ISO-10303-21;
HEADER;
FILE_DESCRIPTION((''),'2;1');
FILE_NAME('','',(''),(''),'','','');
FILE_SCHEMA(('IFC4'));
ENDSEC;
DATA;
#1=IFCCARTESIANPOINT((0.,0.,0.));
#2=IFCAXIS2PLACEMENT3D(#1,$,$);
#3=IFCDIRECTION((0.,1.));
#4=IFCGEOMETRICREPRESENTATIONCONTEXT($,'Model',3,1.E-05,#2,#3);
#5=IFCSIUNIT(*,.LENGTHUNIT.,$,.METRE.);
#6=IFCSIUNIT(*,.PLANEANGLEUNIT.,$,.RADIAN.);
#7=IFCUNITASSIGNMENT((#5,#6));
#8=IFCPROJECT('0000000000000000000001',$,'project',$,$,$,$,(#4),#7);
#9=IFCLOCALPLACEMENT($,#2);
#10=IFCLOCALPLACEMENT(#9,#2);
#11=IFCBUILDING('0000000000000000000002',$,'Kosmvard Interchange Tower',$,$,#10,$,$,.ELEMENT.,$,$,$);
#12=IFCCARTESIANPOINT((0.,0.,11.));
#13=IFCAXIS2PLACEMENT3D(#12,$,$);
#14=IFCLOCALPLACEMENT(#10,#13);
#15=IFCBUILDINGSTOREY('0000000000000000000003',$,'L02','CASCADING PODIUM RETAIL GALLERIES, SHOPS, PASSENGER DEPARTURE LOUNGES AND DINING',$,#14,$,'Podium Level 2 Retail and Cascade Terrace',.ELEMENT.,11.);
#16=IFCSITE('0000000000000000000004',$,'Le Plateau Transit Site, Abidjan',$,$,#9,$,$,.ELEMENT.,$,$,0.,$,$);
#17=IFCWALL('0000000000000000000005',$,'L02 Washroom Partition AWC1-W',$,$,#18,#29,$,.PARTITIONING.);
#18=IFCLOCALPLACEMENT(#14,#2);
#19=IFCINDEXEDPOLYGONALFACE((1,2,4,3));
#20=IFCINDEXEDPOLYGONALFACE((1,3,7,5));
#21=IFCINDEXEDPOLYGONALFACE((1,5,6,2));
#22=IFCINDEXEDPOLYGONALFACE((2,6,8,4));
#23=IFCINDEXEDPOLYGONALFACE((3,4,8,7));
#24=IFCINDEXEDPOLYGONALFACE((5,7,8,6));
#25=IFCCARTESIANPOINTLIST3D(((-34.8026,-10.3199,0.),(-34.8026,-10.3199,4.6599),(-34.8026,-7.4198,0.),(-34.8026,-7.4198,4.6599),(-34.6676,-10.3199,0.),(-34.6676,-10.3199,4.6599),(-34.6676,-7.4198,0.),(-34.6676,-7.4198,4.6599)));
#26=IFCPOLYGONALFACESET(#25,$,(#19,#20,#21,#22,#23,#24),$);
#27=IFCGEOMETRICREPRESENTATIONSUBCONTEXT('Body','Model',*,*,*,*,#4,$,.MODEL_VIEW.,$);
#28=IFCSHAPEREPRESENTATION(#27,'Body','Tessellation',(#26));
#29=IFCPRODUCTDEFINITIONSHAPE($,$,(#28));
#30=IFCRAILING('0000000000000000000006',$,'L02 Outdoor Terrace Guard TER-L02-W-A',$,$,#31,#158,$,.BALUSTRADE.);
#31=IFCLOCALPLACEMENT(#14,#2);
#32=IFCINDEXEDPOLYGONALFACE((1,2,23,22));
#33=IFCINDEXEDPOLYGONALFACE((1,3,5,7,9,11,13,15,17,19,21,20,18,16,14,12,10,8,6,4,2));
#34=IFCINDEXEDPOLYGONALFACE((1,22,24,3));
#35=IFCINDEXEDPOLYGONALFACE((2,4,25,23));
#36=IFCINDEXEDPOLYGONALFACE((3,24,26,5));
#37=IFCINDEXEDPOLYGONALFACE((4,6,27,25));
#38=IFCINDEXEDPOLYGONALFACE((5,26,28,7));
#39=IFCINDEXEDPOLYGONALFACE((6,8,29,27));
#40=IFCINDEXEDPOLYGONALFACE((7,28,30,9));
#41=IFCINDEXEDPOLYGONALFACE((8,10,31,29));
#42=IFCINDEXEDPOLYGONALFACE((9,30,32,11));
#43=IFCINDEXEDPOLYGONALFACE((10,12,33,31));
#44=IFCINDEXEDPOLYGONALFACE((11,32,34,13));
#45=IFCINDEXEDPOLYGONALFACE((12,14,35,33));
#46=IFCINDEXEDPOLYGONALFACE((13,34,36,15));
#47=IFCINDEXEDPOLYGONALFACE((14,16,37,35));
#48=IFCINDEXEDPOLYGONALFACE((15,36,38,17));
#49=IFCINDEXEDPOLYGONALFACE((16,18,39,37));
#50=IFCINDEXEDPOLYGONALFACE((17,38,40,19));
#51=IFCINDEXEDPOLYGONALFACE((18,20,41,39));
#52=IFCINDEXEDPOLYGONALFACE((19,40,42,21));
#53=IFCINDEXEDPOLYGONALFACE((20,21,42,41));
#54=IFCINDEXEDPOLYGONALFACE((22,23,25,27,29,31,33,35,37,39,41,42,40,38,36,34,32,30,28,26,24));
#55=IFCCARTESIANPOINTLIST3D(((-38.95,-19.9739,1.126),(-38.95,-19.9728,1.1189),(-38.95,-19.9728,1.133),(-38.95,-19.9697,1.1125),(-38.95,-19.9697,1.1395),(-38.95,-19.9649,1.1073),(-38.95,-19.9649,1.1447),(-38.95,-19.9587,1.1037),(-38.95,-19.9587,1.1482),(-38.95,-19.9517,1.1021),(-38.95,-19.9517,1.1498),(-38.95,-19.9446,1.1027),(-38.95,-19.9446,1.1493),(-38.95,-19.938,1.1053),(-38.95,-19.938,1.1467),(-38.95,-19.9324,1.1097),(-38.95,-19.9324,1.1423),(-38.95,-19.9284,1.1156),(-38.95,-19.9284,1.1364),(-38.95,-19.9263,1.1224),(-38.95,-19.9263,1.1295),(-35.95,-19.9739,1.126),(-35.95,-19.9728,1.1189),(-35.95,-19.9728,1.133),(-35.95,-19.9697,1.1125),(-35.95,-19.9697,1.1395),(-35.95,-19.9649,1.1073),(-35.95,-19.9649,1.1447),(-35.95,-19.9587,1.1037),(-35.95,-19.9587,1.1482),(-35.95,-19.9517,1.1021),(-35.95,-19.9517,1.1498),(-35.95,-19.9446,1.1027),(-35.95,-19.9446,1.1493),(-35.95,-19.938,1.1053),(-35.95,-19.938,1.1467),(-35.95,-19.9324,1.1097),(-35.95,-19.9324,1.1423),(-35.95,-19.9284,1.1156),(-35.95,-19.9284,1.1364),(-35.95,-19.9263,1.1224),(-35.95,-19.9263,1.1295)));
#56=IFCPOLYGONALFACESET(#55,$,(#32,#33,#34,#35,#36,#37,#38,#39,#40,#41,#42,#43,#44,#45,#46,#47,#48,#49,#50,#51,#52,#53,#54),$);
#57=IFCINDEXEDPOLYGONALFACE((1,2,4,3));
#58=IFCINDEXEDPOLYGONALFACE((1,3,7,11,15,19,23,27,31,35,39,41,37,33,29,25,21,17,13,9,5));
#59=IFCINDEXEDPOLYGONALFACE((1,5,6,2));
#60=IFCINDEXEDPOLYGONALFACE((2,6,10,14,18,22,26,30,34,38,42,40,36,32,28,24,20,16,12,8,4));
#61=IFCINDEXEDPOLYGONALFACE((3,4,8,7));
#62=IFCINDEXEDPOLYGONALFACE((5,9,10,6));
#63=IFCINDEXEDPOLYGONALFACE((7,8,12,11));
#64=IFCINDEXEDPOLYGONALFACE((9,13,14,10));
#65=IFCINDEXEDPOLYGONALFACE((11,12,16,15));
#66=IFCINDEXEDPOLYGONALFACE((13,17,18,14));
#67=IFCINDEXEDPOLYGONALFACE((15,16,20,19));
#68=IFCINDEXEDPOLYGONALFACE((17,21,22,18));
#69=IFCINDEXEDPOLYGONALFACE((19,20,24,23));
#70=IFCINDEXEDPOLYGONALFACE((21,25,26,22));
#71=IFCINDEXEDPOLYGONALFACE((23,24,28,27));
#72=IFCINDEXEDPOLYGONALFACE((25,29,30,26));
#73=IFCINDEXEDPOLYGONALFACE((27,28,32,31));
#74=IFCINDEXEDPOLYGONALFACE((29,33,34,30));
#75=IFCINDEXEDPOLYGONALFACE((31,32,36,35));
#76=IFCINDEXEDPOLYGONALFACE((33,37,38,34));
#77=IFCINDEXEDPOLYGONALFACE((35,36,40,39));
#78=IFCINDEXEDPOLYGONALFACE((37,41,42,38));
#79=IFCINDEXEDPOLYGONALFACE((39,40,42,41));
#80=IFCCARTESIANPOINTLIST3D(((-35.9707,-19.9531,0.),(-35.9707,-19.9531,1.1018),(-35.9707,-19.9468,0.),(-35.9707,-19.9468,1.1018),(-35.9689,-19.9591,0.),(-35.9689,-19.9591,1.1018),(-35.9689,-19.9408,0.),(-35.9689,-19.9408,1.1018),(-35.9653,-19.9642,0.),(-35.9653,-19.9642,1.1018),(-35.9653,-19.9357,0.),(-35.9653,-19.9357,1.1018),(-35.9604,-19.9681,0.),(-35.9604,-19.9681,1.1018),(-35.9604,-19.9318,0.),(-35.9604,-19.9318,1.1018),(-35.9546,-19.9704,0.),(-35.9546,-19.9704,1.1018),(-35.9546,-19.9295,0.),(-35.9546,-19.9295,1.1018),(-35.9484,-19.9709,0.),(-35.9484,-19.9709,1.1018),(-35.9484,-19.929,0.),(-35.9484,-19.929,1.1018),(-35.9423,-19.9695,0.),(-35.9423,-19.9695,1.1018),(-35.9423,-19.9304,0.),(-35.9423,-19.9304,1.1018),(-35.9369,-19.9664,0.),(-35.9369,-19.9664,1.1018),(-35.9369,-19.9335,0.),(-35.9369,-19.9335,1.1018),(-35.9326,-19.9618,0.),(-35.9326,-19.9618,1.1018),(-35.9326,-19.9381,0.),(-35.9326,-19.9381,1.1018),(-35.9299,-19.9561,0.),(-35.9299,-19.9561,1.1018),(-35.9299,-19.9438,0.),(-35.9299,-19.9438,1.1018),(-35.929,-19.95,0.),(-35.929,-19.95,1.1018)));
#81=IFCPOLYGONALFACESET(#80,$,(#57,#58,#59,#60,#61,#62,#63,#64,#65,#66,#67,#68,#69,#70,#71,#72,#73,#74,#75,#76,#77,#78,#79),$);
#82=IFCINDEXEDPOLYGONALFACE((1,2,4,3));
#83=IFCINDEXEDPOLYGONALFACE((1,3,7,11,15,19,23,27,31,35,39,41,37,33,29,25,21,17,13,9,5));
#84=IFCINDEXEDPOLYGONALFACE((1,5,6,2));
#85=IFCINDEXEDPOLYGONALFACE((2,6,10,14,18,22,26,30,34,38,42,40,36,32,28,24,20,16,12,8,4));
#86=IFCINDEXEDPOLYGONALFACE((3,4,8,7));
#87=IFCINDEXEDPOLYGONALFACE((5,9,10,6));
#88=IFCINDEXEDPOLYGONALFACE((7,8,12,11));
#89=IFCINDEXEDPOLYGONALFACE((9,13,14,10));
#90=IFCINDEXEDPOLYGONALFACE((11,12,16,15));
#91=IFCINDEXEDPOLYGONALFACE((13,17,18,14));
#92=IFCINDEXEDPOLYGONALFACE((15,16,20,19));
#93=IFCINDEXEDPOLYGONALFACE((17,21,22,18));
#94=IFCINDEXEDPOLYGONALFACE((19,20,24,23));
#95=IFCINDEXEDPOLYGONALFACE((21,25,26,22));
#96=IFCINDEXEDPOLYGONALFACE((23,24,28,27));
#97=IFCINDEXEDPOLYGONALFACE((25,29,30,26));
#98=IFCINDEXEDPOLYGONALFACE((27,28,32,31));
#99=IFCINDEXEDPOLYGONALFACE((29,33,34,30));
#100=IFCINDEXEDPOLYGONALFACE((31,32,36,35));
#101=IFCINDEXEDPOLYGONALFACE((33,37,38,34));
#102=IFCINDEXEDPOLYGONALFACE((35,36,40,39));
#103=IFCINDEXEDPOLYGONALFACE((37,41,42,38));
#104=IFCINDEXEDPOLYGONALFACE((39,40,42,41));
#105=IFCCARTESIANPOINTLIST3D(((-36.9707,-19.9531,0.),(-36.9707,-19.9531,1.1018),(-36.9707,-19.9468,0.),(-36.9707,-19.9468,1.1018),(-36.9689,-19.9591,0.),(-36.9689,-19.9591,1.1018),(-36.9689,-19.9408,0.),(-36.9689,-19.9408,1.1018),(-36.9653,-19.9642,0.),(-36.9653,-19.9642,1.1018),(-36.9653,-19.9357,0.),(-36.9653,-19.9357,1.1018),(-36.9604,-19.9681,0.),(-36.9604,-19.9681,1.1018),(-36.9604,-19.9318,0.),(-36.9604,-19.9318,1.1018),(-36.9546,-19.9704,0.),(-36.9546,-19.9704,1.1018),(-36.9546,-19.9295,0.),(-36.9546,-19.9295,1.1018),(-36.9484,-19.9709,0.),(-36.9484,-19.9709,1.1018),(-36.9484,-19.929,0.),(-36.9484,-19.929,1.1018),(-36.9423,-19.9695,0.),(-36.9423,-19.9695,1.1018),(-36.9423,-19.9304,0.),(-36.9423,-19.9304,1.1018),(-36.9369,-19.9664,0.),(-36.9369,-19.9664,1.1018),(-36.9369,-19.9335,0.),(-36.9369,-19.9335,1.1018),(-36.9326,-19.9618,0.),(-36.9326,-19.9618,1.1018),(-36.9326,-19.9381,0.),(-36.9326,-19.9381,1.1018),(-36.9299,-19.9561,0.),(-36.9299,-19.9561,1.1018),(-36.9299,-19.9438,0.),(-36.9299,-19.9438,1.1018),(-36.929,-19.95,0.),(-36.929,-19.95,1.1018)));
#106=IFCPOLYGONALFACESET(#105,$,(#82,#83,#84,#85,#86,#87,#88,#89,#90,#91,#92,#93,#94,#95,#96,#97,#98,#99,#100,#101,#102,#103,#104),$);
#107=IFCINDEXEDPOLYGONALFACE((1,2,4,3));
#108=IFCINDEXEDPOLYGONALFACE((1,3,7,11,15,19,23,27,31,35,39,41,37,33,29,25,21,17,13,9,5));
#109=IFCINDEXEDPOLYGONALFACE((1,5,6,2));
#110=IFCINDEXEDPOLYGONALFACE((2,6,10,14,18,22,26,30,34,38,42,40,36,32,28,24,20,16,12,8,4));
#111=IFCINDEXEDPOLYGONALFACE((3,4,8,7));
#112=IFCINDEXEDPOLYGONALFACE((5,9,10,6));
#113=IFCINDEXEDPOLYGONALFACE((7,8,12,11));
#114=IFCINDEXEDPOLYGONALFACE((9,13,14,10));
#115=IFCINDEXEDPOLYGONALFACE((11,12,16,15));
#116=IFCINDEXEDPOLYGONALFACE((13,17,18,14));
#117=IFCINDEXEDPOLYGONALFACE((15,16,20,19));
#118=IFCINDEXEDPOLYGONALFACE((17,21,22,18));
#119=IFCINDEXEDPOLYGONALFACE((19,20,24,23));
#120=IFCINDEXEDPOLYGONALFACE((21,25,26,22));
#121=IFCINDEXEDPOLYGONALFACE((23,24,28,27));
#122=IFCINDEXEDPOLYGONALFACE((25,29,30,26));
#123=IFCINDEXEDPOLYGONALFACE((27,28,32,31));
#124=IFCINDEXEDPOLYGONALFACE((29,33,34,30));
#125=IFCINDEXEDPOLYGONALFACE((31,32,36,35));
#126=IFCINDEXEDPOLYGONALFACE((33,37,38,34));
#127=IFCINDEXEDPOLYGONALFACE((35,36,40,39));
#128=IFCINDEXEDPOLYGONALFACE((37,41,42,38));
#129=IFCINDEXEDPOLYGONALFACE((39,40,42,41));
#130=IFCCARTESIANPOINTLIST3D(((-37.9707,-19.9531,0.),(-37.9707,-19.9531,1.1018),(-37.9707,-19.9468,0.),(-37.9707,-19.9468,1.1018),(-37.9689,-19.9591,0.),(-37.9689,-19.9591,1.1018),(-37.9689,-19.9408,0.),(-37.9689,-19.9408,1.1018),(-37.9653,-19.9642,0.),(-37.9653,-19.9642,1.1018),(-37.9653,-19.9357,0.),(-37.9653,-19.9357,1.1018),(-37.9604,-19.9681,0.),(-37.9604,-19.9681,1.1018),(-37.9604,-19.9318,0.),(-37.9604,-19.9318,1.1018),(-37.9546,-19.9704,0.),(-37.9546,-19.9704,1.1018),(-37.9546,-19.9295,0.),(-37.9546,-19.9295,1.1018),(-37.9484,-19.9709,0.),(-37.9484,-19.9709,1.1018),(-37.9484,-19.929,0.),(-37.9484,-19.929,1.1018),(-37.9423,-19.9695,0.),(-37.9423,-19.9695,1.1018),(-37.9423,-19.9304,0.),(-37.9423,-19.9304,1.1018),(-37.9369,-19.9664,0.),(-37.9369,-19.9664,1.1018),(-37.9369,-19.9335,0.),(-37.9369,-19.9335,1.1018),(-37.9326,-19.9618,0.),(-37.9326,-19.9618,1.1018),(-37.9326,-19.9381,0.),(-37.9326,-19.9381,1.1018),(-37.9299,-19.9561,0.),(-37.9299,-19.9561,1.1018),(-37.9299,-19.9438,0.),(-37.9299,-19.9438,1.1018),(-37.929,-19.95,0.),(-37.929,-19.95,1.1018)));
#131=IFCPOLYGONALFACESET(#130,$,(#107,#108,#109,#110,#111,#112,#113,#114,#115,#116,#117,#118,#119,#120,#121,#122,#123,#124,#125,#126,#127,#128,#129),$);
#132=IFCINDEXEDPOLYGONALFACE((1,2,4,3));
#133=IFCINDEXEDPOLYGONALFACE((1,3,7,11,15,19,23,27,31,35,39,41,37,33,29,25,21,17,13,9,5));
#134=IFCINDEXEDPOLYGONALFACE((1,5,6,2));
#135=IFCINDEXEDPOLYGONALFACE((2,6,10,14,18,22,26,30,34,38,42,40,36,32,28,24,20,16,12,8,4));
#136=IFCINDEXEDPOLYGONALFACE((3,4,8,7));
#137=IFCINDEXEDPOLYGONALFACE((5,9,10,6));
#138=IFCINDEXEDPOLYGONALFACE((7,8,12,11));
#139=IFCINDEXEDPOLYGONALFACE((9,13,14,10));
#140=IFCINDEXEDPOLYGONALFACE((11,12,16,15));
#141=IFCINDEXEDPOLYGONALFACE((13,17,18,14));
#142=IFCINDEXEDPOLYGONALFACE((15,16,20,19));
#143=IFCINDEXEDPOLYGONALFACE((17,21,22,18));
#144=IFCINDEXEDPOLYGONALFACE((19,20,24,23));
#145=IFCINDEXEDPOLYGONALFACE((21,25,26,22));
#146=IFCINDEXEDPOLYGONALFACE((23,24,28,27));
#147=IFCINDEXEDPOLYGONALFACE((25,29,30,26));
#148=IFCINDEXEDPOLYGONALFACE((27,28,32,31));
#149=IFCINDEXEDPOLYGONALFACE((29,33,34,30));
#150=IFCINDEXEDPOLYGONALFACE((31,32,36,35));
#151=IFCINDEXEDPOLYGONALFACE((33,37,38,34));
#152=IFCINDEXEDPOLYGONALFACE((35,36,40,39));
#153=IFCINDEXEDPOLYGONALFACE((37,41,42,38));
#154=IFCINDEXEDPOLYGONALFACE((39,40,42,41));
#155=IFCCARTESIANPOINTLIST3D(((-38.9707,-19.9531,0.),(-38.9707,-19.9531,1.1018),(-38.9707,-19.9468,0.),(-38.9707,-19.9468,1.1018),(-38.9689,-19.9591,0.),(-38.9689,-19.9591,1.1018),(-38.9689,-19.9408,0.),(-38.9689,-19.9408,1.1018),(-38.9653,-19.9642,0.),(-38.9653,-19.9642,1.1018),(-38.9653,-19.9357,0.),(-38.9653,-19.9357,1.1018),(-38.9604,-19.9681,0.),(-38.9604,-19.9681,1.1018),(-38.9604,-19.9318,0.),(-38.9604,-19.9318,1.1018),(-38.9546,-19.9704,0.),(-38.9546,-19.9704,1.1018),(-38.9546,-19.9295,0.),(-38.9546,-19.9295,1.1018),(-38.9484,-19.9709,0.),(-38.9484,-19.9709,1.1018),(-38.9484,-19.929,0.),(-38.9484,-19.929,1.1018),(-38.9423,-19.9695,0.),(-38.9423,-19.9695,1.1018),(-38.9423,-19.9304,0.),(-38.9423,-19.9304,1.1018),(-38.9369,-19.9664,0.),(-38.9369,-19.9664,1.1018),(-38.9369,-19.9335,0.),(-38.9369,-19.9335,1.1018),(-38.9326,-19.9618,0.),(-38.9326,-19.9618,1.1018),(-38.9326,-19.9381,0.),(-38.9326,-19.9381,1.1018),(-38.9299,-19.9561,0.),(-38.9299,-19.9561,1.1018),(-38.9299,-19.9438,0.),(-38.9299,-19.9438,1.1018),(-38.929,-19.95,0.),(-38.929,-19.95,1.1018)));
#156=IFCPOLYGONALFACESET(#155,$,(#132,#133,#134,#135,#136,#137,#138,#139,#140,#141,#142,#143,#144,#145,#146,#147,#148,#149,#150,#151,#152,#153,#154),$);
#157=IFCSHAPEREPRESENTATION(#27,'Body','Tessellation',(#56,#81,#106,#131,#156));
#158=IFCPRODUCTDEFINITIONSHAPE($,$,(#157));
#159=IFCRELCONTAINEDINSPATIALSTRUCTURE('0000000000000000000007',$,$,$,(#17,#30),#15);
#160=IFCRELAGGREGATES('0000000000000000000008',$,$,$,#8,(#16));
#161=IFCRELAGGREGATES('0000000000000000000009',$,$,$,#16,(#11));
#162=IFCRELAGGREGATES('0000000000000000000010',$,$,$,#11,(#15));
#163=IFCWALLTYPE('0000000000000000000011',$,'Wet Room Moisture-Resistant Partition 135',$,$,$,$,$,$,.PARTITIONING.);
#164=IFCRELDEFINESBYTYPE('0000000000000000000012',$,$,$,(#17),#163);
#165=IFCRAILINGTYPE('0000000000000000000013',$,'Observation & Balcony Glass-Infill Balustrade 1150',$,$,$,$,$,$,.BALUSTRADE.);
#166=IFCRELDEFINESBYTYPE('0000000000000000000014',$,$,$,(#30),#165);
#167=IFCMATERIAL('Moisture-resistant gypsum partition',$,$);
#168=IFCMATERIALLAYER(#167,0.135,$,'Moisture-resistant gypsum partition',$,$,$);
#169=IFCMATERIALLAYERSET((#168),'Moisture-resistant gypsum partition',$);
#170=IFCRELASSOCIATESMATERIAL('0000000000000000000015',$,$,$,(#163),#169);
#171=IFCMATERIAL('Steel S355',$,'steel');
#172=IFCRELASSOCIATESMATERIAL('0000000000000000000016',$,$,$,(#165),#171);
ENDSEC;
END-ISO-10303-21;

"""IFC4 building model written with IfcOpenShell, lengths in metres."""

from ifc_helpers import new_model, si_unit, direction, frame, frame_2d, origin, origin_2d, place, context, subcontext, project, spatial, rectangle, circle, extrude, source, transform, mapped, material, layer, layer_set, type_object, element, save


model = new_model("IFC4")

# Units and contexts
model_context = context("Model", 3, precision=1e-05, world=origin(), true_north=direction((0.0, 1.0)))
body_context = subcontext(model_context, "Body", "Model", "MODEL_VIEW")
ifc_project = project(units=[si_unit("LENGTHUNIT", "METRE"), si_unit("PLANEANGLEUNIT", "RADIAN")], contexts=[model_context])

# Site, building, storey
site_placement = place(None, origin())
site = spatial("IfcSite", under=ifc_project, at=site_placement, Name="Le Plateau Transit Site, Abidjan", CompositionType="ELEMENT", RefElevation=0.0)
building_placement = place(site_placement, origin())
building = spatial("IfcBuilding", under=site, at=building_placement, Name="Kosmvard Interchange Tower", CompositionType="ELEMENT")
storey_placement = place(building_placement, frame((0.0, 0.0, 11.0)))
storey = spatial("IfcBuildingStorey", under=building, at=storey_placement, Name="L02", Description="CASCADING PODIUM RETAIL GALLERIES, SHOPS, PASSENGER DEPARTURE LOUNGES AND DINING", LongName="Podium Level 2 Retail and Cascade Terrace", CompositionType="ELEMENT", Elevation=11.0)

# Wall
ifc_material_1 = material(Name="Moisture-resistant gypsum partition")
ifc_layer_1 = layer(ifc_material_1, 0.135, Name="Moisture-resistant gypsum partition")
ifc_layer_set_1 = layer_set([ifc_layer_1], Name="Moisture-resistant gypsum partition")
wall_type_1 = type_object("IfcWallType", Name="Wet Room Moisture-Resistant Partition 135", PredefinedType="PARTITIONING", material=ifc_layer_set_1)
for number, where, z_axis, x_axis, name in (
    (1, (-34.7351, -10.3201, 0.0), (0.0, 0.0, 1.0), (0.0, 1.0, 0.0), "L02 Washroom Partition AWC1-W"),
):
    element("IfcWall", number, at=place(storey_placement, frame(where, z_axis=z_axis, x_axis=x_axis)), inside=storey, type_object=wall_type_1, Name=name, PredefinedType="PARTITIONING", context=body_context, shape_type="SweptSolid", body=[
        extrude(rectangle(XDim=2.9001, YDim=0.135, at=frame_2d((1.4502, 0.0))), origin(), (0.0, 0.0, 1.0), 4.6599),
    ])

# Railing
ifc_material_2 = material(Name="Steel S355", Category="steel")
railing_type = type_object("IfcRailingType", Name="Observation & Balcony Glass-Infill Balustrade 1150", PredefinedType="BALUSTRADE", material=ifc_material_2)
shared_shape_1 = source(origin(), body_context, "Body", "SweptSolid", [
    extrude(circle(Radius=0.0239, at=origin_2d()), frame((0.0, 0.0, 1.126), z_axis=(-1.0, 0.0, 0.0), x_axis=(0.0, -1.0, 0.0)), (0.0, 0.0, 1.0), 3.0),
    extrude(circle(Radius=0.021, at=origin_2d()), origin(), (0.0, 0.0, 1.0), 1.1018),
    extrude(circle(Radius=0.021, at=origin_2d()), frame((-1.0, 0.0, 0.0)), (0.0, 0.0, 1.0), 1.1018),
    extrude(circle(Radius=0.021, at=origin_2d()), frame((-2.0, 0.0, 0.0)), (0.0, 0.0, 1.0), 1.1018),
    extrude(circle(Radius=0.021, at=origin_2d()), frame((-3.0, 0.0, 0.0)), (0.0, 0.0, 1.0), 1.1018),
])
railing_1_placement = place(storey_placement, frame((-35.95, -19.95, 0.0)))
element("IfcRailing", 2, at=railing_1_placement, inside=storey, type_object=railing_type, Name="L02 Outdoor Terrace Guard TER-L02-W-A", PredefinedType="BALUSTRADE", context=body_context, shape_type="MappedRepresentation", body=[
    mapped(shared_shape_1, transform((0.0, 0.0, 0.0), scale=1.0)),
])

save(model, "model.ifc")
